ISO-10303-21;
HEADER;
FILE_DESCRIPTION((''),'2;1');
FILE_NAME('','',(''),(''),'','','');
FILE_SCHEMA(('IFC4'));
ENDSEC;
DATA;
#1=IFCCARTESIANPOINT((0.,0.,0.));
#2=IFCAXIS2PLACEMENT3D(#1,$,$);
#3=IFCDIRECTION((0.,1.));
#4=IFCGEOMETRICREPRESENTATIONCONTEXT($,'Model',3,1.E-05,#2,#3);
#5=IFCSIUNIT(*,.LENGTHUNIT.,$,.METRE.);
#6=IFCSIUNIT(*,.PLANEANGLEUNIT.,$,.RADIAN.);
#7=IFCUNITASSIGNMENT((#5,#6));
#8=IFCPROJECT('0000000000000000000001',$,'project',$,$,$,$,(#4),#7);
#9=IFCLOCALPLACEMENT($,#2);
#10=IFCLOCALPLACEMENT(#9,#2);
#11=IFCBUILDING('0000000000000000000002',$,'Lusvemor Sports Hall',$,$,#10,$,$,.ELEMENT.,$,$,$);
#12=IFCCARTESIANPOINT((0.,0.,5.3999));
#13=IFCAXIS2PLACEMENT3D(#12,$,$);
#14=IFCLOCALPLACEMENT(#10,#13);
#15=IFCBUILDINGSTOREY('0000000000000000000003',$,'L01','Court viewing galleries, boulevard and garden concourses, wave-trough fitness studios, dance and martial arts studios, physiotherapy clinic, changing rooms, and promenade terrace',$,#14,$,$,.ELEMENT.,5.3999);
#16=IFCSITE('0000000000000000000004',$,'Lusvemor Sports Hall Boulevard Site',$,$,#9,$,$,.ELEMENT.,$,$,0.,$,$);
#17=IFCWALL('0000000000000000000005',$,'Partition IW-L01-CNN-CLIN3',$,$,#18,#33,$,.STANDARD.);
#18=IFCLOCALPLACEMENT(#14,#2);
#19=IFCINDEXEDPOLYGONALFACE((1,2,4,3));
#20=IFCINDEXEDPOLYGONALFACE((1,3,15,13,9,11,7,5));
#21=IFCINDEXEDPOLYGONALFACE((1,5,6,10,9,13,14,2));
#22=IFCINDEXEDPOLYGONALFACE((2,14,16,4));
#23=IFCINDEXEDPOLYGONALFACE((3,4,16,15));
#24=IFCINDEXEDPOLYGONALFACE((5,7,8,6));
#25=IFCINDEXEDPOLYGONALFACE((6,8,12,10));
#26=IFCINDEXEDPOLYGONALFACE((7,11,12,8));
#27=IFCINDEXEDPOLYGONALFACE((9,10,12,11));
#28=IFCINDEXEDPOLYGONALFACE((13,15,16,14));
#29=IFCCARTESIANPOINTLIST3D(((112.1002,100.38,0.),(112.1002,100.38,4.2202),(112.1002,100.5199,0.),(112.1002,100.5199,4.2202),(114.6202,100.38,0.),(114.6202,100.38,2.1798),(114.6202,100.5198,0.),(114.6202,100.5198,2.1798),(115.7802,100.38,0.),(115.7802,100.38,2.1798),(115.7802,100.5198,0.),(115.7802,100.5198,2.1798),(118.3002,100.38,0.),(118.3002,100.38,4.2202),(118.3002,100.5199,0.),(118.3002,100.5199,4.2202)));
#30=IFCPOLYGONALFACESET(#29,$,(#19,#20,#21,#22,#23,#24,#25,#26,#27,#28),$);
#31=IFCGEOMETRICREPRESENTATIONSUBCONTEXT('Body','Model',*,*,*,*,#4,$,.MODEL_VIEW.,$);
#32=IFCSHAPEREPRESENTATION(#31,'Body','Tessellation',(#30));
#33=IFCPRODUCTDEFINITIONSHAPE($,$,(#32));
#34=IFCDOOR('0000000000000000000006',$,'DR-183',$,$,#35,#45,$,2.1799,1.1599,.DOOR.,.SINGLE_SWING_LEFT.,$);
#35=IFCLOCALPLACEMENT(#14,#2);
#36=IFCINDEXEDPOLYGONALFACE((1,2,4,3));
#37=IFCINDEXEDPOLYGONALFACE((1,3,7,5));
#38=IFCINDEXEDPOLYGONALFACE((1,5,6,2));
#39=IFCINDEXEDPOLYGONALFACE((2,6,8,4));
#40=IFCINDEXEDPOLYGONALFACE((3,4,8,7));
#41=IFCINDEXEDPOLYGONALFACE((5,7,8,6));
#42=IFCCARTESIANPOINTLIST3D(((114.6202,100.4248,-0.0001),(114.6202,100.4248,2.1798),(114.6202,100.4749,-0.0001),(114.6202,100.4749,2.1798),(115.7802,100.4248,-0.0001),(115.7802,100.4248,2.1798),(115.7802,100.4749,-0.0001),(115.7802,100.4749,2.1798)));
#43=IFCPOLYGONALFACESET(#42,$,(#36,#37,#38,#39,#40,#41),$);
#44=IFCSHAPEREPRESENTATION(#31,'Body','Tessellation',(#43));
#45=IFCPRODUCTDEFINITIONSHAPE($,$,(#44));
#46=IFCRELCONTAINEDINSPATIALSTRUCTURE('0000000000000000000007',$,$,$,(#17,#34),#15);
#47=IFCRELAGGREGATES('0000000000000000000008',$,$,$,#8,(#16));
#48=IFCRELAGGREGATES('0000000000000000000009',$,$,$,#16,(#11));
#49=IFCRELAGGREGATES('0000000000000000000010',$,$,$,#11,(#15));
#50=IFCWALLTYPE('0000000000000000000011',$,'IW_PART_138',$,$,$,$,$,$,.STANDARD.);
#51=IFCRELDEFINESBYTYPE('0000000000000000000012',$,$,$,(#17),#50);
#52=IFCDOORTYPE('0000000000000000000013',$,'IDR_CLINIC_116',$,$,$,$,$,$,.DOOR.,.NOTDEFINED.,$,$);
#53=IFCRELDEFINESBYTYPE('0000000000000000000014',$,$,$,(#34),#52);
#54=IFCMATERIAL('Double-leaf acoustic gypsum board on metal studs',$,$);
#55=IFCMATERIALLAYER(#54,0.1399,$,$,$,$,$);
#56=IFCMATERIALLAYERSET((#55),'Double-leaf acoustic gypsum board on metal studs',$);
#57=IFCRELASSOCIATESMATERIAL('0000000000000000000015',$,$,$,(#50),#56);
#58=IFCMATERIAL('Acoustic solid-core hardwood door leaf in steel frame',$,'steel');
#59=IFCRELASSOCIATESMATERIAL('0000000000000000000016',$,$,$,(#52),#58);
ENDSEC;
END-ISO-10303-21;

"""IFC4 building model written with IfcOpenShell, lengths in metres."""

from ifc_helpers import new_model, si_unit, direction, frame, frame_2d, origin, place, context, subcontext, project, spatial, rectangle, extrude, material, layer, layer_set, type_object, element, fill, save


model = new_model("IFC4")

# Units and contexts
model_context = context("Model", 3, precision=1e-05, world=origin(), true_north=direction((0.0, 1.0)))
body_context = subcontext(model_context, "Body", "Model", "MODEL_VIEW")
ifc_project = project(units=[si_unit("LENGTHUNIT", "METRE"), si_unit("PLANEANGLEUNIT", "RADIAN")], contexts=[model_context])

# Site, building, storey
site_placement = place(None, origin())
site = spatial("IfcSite", under=ifc_project, at=site_placement, Name="Lusvemor Sports Hall Boulevard Site", CompositionType="ELEMENT", RefElevation=0.0)
building_placement = place(site_placement, origin())
building = spatial("IfcBuilding", under=site, at=building_placement, Name="Lusvemor Sports Hall", CompositionType="ELEMENT")
storey_placement = place(building_placement, frame((0.0, 0.0, 5.3999)))
storey = spatial("IfcBuildingStorey", under=building, at=storey_placement, Name="L01", Description="Court viewing galleries, boulevard and garden concourses, wave-trough fitness studios, dance and martial arts studios, physiotherapy clinic, changing rooms, and promenade terrace", CompositionType="ELEMENT", Elevation=5.3999)

# Wall, opening, door
ifc_material_1 = material(Name="Double-leaf acoustic gypsum board on metal studs")
ifc_layer_1 = layer(ifc_material_1, 0.1399)
ifc_layer_set_1 = layer_set([ifc_layer_1], Name="Double-leaf acoustic gypsum board on metal studs")
wall_type = type_object("IfcWallType", Name="IW_PART_138", PredefinedType="STANDARD", material=ifc_layer_set_1)
wall_placement = place(storey_placement, frame((112.1001, 100.45, 0.0), z_axis=(0.0, 0.0, 1.0), x_axis=(1.0, 0.0, 0.0)))
wall = element("IfcWall", 1, at=wall_placement, inside=storey, type_object=wall_type, Name="Partition IW-L01-CNN-CLIN3", PredefinedType="STANDARD", context=body_context, shape_type="SweptSolid", body=[
    extrude(rectangle(XDim=6.2, YDim=0.1399, at=frame_2d((3.1001, 0.0))), origin(), (0.0, 0.0, 1.0), 4.2202),
])
opening_placement = place(wall_placement, frame((2.52, 0.0, 0.0)))
opening = element("IfcOpeningElement", 2, at=opening_placement, cuts=wall, PredefinedType="OPENING", context=body_context, shape_type="SweptSolid", body=[
    extrude(rectangle(XDim=1.1599, YDim=2.1799, at=frame_2d((0.5801, 1.0898))), frame((0.0, 0.0698, 0.0), z_axis=(0.0, -1.0, 0.0), x_axis=(1.0, 0.0, 0.0)), (0.0, 0.0, 1.0), 0.1399),
])
ifc_material_2 = material(Name="Acoustic solid-core hardwood door leaf in steel frame", Category="steel")
door_type = type_object("IfcDoorType", Name="IDR_CLINIC_116", OperationType="NOTDEFINED", PredefinedType="DOOR", material=ifc_material_2)
door_placement = place(opening_placement, origin())
door = element("IfcDoor", 3, at=door_placement, inside=storey, type_object=door_type, Name="DR-183", OperationType="SINGLE_SWING_LEFT", OverallHeight=2.1799, OverallWidth=1.1599, PredefinedType="DOOR", context=body_context, shape_type="SweptSolid", body=[
    extrude(rectangle(XDim=1.1599, YDim=2.1799, at=frame_2d((0.5801, 1.0898))), frame((0.0, 0.0249, 0.0), z_axis=(0.0, -1.0, 0.0), x_axis=(1.0, 0.0, 0.0)), (0.0, 0.0, 1.0), 0.05),
])
fill(opening, door)

save(model, "model.ifc")
